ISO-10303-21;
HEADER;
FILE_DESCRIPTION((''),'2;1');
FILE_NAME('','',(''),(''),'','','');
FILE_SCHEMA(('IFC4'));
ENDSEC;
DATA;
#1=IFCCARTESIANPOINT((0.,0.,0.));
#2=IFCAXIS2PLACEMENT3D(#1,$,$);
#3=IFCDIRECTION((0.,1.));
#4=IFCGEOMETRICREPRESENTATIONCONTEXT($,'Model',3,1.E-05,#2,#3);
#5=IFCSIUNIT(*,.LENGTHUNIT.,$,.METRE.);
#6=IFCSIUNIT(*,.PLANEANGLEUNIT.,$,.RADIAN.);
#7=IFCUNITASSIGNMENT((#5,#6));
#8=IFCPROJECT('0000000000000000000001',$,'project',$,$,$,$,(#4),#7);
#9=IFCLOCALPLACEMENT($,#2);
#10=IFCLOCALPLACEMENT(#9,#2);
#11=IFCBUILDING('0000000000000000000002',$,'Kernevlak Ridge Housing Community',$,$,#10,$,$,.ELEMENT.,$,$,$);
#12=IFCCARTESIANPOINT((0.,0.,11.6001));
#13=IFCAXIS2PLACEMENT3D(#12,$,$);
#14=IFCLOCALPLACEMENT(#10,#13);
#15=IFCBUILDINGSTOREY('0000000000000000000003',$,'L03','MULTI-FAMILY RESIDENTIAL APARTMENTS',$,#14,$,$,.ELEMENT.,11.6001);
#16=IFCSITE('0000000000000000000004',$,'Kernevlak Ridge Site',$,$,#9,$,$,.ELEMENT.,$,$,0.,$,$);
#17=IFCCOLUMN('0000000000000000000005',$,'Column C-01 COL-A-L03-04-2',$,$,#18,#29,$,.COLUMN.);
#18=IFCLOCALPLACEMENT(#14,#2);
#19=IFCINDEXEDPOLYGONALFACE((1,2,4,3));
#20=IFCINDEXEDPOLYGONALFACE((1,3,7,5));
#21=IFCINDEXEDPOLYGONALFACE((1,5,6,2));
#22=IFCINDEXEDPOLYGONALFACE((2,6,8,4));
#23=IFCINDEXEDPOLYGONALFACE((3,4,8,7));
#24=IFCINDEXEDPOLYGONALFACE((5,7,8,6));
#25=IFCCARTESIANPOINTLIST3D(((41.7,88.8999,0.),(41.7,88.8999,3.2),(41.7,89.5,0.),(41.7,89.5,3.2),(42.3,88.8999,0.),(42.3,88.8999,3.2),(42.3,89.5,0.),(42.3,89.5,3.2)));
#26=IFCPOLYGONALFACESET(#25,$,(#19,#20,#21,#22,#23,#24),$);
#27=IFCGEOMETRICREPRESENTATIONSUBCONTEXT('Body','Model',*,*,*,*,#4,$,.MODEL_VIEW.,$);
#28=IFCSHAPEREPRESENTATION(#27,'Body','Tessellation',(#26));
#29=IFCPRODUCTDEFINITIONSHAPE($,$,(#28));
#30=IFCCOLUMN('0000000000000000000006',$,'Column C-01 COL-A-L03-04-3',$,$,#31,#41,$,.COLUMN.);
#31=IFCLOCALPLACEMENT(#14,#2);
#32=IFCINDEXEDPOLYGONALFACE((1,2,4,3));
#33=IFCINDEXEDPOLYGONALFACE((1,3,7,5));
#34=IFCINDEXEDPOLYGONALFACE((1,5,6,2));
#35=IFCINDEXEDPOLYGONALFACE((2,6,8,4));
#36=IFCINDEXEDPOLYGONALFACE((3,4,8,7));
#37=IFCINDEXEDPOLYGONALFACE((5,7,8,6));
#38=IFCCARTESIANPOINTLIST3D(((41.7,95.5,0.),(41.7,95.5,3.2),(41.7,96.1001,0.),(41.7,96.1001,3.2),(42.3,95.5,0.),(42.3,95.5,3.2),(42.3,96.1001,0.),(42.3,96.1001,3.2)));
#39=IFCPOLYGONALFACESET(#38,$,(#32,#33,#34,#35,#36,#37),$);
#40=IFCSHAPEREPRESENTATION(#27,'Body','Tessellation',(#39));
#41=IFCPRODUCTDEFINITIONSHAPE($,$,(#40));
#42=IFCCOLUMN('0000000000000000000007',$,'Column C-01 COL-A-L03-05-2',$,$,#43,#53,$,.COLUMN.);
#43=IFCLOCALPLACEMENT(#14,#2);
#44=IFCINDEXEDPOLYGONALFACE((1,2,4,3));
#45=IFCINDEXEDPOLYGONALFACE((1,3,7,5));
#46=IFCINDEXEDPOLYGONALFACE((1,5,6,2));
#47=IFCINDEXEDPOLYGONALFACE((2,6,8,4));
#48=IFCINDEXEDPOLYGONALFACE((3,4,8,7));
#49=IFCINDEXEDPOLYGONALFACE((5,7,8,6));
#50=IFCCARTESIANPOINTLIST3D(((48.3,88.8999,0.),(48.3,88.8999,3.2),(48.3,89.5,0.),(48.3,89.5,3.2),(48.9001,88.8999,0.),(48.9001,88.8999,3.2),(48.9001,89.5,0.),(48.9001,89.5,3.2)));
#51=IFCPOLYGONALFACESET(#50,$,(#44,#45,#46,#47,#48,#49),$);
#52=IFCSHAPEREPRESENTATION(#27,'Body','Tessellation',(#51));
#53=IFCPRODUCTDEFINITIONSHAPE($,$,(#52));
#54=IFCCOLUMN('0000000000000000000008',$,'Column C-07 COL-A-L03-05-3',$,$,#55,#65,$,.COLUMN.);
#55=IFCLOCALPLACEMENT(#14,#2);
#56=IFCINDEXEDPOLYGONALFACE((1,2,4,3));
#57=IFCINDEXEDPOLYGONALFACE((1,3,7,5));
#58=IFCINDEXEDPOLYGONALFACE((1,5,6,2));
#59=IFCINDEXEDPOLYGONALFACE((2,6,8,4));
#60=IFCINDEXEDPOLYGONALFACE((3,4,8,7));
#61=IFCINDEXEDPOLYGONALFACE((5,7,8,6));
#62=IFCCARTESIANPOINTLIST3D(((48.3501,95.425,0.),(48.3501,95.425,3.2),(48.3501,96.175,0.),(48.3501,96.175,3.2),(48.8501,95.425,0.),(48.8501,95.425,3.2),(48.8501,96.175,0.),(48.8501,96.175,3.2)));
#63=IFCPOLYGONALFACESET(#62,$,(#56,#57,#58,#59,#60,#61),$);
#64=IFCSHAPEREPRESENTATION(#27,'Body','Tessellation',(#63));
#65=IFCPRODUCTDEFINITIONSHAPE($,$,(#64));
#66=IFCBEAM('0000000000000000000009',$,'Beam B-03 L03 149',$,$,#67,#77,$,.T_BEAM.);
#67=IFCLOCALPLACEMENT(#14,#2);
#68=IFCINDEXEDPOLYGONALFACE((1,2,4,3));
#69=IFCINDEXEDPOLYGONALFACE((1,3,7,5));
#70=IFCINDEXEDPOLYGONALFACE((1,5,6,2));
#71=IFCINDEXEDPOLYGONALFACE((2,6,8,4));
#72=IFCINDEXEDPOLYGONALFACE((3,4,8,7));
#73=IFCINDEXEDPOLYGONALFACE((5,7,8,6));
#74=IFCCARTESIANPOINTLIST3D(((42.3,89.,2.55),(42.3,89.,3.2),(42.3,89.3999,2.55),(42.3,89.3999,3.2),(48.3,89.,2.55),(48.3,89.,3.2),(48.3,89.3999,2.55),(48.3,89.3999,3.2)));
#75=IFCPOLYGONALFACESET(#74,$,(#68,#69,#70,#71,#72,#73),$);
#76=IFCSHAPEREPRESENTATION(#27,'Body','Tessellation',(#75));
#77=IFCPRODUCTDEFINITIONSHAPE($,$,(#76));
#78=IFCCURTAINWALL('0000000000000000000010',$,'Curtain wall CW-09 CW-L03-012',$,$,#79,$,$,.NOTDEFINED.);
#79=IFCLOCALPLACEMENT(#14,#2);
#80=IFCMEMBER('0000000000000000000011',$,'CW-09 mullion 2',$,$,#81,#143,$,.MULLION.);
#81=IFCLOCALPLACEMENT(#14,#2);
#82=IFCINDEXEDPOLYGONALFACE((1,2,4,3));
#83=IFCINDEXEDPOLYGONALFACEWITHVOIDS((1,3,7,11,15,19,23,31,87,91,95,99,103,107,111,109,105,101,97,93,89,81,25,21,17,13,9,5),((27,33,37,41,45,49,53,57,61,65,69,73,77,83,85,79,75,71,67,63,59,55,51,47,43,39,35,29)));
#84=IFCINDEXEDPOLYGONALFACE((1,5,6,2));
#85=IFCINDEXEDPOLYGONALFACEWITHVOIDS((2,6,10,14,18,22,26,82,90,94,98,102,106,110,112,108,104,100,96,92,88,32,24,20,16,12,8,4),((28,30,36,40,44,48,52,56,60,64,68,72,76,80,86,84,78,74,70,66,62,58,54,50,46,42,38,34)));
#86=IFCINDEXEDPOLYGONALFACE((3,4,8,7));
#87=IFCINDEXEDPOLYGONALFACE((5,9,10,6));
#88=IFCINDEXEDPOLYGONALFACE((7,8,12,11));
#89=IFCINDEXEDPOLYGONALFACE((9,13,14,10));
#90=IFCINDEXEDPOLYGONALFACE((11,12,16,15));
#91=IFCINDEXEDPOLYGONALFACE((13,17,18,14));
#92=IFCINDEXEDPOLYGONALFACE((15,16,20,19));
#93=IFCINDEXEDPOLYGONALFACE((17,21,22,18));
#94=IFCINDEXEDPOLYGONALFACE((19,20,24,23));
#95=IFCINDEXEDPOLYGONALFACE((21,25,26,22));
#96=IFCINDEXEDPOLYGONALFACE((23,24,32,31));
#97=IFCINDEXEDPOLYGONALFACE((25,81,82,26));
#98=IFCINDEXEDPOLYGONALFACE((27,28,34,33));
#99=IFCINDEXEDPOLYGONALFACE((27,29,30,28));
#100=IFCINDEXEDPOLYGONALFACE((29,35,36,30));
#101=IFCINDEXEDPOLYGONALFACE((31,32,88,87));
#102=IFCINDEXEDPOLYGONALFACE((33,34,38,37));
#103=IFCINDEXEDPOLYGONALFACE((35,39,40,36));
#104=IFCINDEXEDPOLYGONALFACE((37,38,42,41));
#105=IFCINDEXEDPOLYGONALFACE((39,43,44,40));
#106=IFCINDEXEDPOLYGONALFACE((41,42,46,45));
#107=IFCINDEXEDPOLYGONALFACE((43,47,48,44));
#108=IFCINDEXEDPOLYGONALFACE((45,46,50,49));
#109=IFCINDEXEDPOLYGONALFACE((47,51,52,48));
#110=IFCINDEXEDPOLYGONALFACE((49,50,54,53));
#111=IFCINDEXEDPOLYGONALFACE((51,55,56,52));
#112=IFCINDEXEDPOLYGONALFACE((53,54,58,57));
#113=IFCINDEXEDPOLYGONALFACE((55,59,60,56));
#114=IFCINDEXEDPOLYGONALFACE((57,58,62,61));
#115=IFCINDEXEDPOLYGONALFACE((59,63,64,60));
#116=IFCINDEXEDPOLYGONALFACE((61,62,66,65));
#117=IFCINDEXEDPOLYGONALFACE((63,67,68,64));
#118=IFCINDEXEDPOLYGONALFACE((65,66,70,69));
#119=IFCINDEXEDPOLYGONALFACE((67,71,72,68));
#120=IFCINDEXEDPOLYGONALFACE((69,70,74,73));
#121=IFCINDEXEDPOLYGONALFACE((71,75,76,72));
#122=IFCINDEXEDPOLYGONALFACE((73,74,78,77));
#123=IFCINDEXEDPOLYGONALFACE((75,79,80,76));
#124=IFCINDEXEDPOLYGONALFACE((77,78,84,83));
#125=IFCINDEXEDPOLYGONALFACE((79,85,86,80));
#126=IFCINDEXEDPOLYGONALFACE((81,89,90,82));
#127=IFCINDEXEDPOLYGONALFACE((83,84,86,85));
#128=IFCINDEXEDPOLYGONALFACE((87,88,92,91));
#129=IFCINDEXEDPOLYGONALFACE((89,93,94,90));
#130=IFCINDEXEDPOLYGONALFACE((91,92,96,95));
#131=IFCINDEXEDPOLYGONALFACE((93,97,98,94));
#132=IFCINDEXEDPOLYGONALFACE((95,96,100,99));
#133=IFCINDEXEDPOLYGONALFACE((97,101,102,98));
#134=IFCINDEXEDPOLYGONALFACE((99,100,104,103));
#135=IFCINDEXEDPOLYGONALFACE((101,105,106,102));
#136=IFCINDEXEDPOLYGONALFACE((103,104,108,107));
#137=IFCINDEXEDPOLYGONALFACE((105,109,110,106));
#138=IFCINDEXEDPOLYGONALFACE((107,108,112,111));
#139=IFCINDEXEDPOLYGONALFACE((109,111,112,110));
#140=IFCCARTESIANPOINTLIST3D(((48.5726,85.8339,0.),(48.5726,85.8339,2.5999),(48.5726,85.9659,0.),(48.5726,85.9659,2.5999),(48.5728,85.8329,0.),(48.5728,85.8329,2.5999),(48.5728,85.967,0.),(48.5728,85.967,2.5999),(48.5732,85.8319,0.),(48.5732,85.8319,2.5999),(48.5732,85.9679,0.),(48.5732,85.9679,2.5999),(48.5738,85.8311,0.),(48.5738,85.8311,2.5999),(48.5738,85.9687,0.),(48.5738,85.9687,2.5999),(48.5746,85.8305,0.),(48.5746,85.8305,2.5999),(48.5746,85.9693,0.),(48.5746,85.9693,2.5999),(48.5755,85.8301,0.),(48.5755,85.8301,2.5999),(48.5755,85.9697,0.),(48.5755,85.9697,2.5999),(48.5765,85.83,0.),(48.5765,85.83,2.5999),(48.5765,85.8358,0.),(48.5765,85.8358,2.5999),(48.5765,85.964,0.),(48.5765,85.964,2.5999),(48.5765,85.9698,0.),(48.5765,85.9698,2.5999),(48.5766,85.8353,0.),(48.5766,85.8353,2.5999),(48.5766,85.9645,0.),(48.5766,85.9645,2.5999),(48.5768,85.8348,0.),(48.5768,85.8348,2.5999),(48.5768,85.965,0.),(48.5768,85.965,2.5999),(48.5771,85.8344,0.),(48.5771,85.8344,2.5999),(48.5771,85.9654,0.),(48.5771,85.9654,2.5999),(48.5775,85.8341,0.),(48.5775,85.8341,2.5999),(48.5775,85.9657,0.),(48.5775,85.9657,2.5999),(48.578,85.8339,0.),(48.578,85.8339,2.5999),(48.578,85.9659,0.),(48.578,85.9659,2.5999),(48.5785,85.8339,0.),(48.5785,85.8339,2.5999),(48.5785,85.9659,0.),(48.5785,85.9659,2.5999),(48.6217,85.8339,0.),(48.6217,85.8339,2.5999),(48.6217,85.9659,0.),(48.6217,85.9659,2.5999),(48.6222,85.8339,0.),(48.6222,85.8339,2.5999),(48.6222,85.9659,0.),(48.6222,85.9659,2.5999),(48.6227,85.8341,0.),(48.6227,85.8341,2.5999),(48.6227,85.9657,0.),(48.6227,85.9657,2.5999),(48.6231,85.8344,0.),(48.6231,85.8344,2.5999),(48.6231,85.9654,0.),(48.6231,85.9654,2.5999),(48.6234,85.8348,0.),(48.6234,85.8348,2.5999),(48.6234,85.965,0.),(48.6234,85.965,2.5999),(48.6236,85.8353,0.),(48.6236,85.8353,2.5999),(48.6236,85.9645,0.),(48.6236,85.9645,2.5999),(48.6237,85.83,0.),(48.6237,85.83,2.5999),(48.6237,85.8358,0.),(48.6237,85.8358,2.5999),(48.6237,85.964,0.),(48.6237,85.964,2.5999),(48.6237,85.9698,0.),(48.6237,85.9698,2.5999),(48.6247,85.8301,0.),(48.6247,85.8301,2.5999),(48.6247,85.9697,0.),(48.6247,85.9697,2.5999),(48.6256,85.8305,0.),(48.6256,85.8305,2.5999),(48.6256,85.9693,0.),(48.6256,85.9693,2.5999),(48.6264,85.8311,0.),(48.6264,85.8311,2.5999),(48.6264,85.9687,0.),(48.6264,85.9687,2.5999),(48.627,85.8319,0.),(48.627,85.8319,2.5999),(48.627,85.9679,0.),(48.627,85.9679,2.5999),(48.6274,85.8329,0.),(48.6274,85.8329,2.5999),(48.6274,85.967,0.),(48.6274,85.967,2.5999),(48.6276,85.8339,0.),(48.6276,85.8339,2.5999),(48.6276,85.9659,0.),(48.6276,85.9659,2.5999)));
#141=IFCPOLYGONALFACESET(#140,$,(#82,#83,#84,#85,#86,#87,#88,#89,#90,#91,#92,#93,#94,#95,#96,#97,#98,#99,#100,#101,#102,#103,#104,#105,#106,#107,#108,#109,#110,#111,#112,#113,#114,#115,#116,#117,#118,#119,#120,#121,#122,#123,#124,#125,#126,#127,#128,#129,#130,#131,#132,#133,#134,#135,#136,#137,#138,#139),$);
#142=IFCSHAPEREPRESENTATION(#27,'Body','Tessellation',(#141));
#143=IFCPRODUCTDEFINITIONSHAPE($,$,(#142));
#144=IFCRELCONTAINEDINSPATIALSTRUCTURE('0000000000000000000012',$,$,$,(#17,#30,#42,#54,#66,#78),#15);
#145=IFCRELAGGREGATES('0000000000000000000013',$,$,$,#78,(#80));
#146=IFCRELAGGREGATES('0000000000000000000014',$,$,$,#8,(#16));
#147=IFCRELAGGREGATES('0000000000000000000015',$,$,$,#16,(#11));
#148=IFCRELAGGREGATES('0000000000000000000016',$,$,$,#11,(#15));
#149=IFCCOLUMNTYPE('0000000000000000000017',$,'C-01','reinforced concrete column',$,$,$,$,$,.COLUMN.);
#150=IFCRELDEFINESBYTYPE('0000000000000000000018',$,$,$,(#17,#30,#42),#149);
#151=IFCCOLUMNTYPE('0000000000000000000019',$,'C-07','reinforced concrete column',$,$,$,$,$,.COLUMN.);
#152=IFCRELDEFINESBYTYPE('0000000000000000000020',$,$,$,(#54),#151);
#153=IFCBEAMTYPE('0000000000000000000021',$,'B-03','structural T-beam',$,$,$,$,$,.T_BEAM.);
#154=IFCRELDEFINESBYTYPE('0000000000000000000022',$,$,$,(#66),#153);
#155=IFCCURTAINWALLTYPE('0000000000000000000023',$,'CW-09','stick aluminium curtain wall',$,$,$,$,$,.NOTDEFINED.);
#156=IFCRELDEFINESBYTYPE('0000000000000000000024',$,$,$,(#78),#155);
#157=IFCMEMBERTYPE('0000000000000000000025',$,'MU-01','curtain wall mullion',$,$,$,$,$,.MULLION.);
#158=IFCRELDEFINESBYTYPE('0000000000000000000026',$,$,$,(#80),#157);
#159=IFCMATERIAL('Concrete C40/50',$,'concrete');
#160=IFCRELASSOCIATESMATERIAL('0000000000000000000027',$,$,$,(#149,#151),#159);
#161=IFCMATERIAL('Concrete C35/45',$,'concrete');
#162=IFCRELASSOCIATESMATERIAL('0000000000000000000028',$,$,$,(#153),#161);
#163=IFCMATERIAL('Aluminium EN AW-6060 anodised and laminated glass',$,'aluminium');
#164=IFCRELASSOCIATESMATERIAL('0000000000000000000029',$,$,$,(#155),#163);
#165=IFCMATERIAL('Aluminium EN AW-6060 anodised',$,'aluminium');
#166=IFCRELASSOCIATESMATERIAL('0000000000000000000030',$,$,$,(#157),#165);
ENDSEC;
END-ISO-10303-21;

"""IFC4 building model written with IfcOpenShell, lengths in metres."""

from ifc_helpers import new_model, si_unit, direction, frame, origin, origin_2d, place, context, subcontext, project, spatial, rectangle, hollow_rectangle, extrude, material, material_profile, profile_set, type_object, element, aggregate, save


model = new_model("IFC4")

# Units and contexts
model_context = context("Model", 3, precision=1e-05, world=origin(), true_north=direction((0.0, 1.0)))
body_context = subcontext(model_context, "Body", "Model", "MODEL_VIEW")
ifc_project = project(units=[si_unit("LENGTHUNIT", "METRE"), si_unit("PLANEANGLEUNIT", "RADIAN")], contexts=[model_context])

# Site, building, storey
site_placement = place(None, origin())
site = spatial("IfcSite", under=ifc_project, at=site_placement, Name="Kernevlak Ridge Site", CompositionType="ELEMENT", RefElevation=0.0)
building_placement = place(site_placement, origin())
building = spatial("IfcBuilding", under=site, at=building_placement, Name="Kernevlak Ridge Housing Community", CompositionType="ELEMENT")
storey_placement = place(building_placement, frame((0.0, 0.0, 11.6001)))
storey = spatial("IfcBuildingStorey", under=building, at=storey_placement, Name="L03", Description="MULTI-FAMILY RESIDENTIAL APARTMENTS", CompositionType="ELEMENT", Elevation=11.6001)

# Columns
ifc_material_1 = material(Name="Concrete C40/50", Category="concrete")
ifc_material_profile_1 = material_profile(ifc_material_1, rectangle(XDim=0.6001, YDim=0.6001, at=origin_2d()), Name="RC 600x600")
ifc_profile_set_1 = profile_set([ifc_material_profile_1], Name="Concrete C40/50")
column_type_1 = type_object("IfcColumnType", Name="C-01", Description="reinforced concrete column", PredefinedType="COLUMN", material=ifc_profile_set_1)
for number, where, z_axis, x_axis, name in (
    (1, (42.0, 89.2, 0.0), (0.0, 0.0, 1.0), (1.0, 0.0, 0.0), "Column C-01 COL-A-L03-04-2"),
    (2, (42.0, 95.8, 0.0), (0.0, 0.0, 1.0), (1.0, 0.0, 0.0), "Column C-01 COL-A-L03-04-3"),
    (3, (48.6001, 89.2, 0.0), (0.0, 0.0, 1.0), (1.0, 0.0, 0.0), "Column C-01 COL-A-L03-05-2"),
):
    element("IfcColumn", number, at=place(storey_placement, frame(where, z_axis=z_axis, x_axis=x_axis)), inside=storey, type_object=column_type_1, Name=name, PredefinedType="COLUMN", context=body_context, shape_type="SweptSolid", body=[
        extrude(rectangle(XDim=0.6001, YDim=0.6001, at=origin_2d()), origin(), (0.0, 0.0, 1.0), 3.2),
    ])
ifc_material_profile_2 = material_profile(ifc_material_1, rectangle(XDim=0.5, YDim=0.75, at=origin_2d()), Name="RC 500x750")
ifc_profile_set_2 = profile_set([ifc_material_profile_2], Name="Concrete C40/50")
column_type_2 = type_object("IfcColumnType", Name="C-07", Description="reinforced concrete column", PredefinedType="COLUMN", material=ifc_profile_set_2)
column_placement = place(storey_placement, frame((48.6001, 95.8, 0.0), z_axis=(0.0, 0.0, 1.0), x_axis=(1.0, 0.0, 0.0)))
element("IfcColumn", 4, at=column_placement, inside=storey, type_object=column_type_2, Name="Column C-07 COL-A-L03-05-3", PredefinedType="COLUMN", context=body_context, shape_type="SweptSolid", body=[
    extrude(rectangle(XDim=0.5, YDim=0.75, at=origin_2d()), origin(), (0.0, 0.0, 1.0), 3.2),
])

# Beam
ifc_material_2 = material(Name="Concrete C35/45", Category="concrete")
ifc_material_profile_3 = material_profile(ifc_material_2, rectangle(XDim=0.3999, YDim=0.6499, at=origin_2d()), Name="RC 400x650")
ifc_profile_set_3 = profile_set([ifc_material_profile_3], Name="Concrete C35/45")
beam_type_1 = type_object("IfcBeamType", Name="B-03", Description="structural T-beam", PredefinedType="T_BEAM", material=ifc_profile_set_3)
beam_1_placement = place(storey_placement, frame((42.3, 89.2, 2.875), z_axis=(1.0, 0.0, 0.0), x_axis=(0.0, 1.0, 0.0)))
element("IfcBeam", 5, at=beam_1_placement, inside=storey, type_object=beam_type_1, Name="Beam B-03 L03 149", PredefinedType="T_BEAM", context=body_context, shape_type="SweptSolid", body=[
    extrude(rectangle(XDim=0.3999, YDim=0.6499, at=origin_2d()), origin(), (0.0, 0.0, 1.0), 6.0),
])

# Curtain wall, member
ifc_material_3 = material(Name="Aluminium EN AW-6060 anodised and laminated glass", Category="aluminium")
curtain_wall_type = type_object("IfcCurtainWallType", Name="CW-09", Description="stick aluminium curtain wall", PredefinedType="NOTDEFINED", material=ifc_material_3)
curtain_wall_placement = place(storey_placement, origin())
curtain_wall = element("IfcCurtainWall", 6, at=curtain_wall_placement, inside=storey, type_object=curtain_wall_type, Name="Curtain wall CW-09 CW-L03-012", PredefinedType="NOTDEFINED")
ifc_material_4 = material(Name="Aluminium EN AW-6060 anodised", Category="aluminium")
ifc_material_profile_4 = material_profile(ifc_material_4, hollow_rectangle(XDim=0.0549, YDim=0.1399, WallThickness=0.0039, InnerFilletRadius=0.002, OuterFilletRadius=0.0039, at=origin_2d()), Name="ALU 55x140x4")
ifc_profile_set_4 = profile_set([ifc_material_profile_4], Name="Aluminium EN AW-6060 anodised")
member_type = type_object("IfcMemberType", Name="MU-01", Description="curtain wall mullion", PredefinedType="MULLION", material=ifc_profile_set_4)
member_1_placement = place(storey_placement, frame((48.6001, 85.8999, 0.0), z_axis=(0.0, 0.0, 1.0), x_axis=(-1.0, 0.0, 0.0)))
member_1 = element("IfcMember", 7, at=member_1_placement, type_object=member_type, Name="CW-09 mullion 2", PredefinedType="MULLION", context=body_context, shape_type="SweptSolid", body=[
    extrude(hollow_rectangle(XDim=0.0549, YDim=0.1399, WallThickness=0.0039, InnerFilletRadius=0.002, OuterFilletRadius=0.0039, at=origin_2d()), origin(), (0.0, 0.0, 1.0), 2.5999),
])
aggregate(curtain_wall, [member_1])

save(model, "model.ifc")
